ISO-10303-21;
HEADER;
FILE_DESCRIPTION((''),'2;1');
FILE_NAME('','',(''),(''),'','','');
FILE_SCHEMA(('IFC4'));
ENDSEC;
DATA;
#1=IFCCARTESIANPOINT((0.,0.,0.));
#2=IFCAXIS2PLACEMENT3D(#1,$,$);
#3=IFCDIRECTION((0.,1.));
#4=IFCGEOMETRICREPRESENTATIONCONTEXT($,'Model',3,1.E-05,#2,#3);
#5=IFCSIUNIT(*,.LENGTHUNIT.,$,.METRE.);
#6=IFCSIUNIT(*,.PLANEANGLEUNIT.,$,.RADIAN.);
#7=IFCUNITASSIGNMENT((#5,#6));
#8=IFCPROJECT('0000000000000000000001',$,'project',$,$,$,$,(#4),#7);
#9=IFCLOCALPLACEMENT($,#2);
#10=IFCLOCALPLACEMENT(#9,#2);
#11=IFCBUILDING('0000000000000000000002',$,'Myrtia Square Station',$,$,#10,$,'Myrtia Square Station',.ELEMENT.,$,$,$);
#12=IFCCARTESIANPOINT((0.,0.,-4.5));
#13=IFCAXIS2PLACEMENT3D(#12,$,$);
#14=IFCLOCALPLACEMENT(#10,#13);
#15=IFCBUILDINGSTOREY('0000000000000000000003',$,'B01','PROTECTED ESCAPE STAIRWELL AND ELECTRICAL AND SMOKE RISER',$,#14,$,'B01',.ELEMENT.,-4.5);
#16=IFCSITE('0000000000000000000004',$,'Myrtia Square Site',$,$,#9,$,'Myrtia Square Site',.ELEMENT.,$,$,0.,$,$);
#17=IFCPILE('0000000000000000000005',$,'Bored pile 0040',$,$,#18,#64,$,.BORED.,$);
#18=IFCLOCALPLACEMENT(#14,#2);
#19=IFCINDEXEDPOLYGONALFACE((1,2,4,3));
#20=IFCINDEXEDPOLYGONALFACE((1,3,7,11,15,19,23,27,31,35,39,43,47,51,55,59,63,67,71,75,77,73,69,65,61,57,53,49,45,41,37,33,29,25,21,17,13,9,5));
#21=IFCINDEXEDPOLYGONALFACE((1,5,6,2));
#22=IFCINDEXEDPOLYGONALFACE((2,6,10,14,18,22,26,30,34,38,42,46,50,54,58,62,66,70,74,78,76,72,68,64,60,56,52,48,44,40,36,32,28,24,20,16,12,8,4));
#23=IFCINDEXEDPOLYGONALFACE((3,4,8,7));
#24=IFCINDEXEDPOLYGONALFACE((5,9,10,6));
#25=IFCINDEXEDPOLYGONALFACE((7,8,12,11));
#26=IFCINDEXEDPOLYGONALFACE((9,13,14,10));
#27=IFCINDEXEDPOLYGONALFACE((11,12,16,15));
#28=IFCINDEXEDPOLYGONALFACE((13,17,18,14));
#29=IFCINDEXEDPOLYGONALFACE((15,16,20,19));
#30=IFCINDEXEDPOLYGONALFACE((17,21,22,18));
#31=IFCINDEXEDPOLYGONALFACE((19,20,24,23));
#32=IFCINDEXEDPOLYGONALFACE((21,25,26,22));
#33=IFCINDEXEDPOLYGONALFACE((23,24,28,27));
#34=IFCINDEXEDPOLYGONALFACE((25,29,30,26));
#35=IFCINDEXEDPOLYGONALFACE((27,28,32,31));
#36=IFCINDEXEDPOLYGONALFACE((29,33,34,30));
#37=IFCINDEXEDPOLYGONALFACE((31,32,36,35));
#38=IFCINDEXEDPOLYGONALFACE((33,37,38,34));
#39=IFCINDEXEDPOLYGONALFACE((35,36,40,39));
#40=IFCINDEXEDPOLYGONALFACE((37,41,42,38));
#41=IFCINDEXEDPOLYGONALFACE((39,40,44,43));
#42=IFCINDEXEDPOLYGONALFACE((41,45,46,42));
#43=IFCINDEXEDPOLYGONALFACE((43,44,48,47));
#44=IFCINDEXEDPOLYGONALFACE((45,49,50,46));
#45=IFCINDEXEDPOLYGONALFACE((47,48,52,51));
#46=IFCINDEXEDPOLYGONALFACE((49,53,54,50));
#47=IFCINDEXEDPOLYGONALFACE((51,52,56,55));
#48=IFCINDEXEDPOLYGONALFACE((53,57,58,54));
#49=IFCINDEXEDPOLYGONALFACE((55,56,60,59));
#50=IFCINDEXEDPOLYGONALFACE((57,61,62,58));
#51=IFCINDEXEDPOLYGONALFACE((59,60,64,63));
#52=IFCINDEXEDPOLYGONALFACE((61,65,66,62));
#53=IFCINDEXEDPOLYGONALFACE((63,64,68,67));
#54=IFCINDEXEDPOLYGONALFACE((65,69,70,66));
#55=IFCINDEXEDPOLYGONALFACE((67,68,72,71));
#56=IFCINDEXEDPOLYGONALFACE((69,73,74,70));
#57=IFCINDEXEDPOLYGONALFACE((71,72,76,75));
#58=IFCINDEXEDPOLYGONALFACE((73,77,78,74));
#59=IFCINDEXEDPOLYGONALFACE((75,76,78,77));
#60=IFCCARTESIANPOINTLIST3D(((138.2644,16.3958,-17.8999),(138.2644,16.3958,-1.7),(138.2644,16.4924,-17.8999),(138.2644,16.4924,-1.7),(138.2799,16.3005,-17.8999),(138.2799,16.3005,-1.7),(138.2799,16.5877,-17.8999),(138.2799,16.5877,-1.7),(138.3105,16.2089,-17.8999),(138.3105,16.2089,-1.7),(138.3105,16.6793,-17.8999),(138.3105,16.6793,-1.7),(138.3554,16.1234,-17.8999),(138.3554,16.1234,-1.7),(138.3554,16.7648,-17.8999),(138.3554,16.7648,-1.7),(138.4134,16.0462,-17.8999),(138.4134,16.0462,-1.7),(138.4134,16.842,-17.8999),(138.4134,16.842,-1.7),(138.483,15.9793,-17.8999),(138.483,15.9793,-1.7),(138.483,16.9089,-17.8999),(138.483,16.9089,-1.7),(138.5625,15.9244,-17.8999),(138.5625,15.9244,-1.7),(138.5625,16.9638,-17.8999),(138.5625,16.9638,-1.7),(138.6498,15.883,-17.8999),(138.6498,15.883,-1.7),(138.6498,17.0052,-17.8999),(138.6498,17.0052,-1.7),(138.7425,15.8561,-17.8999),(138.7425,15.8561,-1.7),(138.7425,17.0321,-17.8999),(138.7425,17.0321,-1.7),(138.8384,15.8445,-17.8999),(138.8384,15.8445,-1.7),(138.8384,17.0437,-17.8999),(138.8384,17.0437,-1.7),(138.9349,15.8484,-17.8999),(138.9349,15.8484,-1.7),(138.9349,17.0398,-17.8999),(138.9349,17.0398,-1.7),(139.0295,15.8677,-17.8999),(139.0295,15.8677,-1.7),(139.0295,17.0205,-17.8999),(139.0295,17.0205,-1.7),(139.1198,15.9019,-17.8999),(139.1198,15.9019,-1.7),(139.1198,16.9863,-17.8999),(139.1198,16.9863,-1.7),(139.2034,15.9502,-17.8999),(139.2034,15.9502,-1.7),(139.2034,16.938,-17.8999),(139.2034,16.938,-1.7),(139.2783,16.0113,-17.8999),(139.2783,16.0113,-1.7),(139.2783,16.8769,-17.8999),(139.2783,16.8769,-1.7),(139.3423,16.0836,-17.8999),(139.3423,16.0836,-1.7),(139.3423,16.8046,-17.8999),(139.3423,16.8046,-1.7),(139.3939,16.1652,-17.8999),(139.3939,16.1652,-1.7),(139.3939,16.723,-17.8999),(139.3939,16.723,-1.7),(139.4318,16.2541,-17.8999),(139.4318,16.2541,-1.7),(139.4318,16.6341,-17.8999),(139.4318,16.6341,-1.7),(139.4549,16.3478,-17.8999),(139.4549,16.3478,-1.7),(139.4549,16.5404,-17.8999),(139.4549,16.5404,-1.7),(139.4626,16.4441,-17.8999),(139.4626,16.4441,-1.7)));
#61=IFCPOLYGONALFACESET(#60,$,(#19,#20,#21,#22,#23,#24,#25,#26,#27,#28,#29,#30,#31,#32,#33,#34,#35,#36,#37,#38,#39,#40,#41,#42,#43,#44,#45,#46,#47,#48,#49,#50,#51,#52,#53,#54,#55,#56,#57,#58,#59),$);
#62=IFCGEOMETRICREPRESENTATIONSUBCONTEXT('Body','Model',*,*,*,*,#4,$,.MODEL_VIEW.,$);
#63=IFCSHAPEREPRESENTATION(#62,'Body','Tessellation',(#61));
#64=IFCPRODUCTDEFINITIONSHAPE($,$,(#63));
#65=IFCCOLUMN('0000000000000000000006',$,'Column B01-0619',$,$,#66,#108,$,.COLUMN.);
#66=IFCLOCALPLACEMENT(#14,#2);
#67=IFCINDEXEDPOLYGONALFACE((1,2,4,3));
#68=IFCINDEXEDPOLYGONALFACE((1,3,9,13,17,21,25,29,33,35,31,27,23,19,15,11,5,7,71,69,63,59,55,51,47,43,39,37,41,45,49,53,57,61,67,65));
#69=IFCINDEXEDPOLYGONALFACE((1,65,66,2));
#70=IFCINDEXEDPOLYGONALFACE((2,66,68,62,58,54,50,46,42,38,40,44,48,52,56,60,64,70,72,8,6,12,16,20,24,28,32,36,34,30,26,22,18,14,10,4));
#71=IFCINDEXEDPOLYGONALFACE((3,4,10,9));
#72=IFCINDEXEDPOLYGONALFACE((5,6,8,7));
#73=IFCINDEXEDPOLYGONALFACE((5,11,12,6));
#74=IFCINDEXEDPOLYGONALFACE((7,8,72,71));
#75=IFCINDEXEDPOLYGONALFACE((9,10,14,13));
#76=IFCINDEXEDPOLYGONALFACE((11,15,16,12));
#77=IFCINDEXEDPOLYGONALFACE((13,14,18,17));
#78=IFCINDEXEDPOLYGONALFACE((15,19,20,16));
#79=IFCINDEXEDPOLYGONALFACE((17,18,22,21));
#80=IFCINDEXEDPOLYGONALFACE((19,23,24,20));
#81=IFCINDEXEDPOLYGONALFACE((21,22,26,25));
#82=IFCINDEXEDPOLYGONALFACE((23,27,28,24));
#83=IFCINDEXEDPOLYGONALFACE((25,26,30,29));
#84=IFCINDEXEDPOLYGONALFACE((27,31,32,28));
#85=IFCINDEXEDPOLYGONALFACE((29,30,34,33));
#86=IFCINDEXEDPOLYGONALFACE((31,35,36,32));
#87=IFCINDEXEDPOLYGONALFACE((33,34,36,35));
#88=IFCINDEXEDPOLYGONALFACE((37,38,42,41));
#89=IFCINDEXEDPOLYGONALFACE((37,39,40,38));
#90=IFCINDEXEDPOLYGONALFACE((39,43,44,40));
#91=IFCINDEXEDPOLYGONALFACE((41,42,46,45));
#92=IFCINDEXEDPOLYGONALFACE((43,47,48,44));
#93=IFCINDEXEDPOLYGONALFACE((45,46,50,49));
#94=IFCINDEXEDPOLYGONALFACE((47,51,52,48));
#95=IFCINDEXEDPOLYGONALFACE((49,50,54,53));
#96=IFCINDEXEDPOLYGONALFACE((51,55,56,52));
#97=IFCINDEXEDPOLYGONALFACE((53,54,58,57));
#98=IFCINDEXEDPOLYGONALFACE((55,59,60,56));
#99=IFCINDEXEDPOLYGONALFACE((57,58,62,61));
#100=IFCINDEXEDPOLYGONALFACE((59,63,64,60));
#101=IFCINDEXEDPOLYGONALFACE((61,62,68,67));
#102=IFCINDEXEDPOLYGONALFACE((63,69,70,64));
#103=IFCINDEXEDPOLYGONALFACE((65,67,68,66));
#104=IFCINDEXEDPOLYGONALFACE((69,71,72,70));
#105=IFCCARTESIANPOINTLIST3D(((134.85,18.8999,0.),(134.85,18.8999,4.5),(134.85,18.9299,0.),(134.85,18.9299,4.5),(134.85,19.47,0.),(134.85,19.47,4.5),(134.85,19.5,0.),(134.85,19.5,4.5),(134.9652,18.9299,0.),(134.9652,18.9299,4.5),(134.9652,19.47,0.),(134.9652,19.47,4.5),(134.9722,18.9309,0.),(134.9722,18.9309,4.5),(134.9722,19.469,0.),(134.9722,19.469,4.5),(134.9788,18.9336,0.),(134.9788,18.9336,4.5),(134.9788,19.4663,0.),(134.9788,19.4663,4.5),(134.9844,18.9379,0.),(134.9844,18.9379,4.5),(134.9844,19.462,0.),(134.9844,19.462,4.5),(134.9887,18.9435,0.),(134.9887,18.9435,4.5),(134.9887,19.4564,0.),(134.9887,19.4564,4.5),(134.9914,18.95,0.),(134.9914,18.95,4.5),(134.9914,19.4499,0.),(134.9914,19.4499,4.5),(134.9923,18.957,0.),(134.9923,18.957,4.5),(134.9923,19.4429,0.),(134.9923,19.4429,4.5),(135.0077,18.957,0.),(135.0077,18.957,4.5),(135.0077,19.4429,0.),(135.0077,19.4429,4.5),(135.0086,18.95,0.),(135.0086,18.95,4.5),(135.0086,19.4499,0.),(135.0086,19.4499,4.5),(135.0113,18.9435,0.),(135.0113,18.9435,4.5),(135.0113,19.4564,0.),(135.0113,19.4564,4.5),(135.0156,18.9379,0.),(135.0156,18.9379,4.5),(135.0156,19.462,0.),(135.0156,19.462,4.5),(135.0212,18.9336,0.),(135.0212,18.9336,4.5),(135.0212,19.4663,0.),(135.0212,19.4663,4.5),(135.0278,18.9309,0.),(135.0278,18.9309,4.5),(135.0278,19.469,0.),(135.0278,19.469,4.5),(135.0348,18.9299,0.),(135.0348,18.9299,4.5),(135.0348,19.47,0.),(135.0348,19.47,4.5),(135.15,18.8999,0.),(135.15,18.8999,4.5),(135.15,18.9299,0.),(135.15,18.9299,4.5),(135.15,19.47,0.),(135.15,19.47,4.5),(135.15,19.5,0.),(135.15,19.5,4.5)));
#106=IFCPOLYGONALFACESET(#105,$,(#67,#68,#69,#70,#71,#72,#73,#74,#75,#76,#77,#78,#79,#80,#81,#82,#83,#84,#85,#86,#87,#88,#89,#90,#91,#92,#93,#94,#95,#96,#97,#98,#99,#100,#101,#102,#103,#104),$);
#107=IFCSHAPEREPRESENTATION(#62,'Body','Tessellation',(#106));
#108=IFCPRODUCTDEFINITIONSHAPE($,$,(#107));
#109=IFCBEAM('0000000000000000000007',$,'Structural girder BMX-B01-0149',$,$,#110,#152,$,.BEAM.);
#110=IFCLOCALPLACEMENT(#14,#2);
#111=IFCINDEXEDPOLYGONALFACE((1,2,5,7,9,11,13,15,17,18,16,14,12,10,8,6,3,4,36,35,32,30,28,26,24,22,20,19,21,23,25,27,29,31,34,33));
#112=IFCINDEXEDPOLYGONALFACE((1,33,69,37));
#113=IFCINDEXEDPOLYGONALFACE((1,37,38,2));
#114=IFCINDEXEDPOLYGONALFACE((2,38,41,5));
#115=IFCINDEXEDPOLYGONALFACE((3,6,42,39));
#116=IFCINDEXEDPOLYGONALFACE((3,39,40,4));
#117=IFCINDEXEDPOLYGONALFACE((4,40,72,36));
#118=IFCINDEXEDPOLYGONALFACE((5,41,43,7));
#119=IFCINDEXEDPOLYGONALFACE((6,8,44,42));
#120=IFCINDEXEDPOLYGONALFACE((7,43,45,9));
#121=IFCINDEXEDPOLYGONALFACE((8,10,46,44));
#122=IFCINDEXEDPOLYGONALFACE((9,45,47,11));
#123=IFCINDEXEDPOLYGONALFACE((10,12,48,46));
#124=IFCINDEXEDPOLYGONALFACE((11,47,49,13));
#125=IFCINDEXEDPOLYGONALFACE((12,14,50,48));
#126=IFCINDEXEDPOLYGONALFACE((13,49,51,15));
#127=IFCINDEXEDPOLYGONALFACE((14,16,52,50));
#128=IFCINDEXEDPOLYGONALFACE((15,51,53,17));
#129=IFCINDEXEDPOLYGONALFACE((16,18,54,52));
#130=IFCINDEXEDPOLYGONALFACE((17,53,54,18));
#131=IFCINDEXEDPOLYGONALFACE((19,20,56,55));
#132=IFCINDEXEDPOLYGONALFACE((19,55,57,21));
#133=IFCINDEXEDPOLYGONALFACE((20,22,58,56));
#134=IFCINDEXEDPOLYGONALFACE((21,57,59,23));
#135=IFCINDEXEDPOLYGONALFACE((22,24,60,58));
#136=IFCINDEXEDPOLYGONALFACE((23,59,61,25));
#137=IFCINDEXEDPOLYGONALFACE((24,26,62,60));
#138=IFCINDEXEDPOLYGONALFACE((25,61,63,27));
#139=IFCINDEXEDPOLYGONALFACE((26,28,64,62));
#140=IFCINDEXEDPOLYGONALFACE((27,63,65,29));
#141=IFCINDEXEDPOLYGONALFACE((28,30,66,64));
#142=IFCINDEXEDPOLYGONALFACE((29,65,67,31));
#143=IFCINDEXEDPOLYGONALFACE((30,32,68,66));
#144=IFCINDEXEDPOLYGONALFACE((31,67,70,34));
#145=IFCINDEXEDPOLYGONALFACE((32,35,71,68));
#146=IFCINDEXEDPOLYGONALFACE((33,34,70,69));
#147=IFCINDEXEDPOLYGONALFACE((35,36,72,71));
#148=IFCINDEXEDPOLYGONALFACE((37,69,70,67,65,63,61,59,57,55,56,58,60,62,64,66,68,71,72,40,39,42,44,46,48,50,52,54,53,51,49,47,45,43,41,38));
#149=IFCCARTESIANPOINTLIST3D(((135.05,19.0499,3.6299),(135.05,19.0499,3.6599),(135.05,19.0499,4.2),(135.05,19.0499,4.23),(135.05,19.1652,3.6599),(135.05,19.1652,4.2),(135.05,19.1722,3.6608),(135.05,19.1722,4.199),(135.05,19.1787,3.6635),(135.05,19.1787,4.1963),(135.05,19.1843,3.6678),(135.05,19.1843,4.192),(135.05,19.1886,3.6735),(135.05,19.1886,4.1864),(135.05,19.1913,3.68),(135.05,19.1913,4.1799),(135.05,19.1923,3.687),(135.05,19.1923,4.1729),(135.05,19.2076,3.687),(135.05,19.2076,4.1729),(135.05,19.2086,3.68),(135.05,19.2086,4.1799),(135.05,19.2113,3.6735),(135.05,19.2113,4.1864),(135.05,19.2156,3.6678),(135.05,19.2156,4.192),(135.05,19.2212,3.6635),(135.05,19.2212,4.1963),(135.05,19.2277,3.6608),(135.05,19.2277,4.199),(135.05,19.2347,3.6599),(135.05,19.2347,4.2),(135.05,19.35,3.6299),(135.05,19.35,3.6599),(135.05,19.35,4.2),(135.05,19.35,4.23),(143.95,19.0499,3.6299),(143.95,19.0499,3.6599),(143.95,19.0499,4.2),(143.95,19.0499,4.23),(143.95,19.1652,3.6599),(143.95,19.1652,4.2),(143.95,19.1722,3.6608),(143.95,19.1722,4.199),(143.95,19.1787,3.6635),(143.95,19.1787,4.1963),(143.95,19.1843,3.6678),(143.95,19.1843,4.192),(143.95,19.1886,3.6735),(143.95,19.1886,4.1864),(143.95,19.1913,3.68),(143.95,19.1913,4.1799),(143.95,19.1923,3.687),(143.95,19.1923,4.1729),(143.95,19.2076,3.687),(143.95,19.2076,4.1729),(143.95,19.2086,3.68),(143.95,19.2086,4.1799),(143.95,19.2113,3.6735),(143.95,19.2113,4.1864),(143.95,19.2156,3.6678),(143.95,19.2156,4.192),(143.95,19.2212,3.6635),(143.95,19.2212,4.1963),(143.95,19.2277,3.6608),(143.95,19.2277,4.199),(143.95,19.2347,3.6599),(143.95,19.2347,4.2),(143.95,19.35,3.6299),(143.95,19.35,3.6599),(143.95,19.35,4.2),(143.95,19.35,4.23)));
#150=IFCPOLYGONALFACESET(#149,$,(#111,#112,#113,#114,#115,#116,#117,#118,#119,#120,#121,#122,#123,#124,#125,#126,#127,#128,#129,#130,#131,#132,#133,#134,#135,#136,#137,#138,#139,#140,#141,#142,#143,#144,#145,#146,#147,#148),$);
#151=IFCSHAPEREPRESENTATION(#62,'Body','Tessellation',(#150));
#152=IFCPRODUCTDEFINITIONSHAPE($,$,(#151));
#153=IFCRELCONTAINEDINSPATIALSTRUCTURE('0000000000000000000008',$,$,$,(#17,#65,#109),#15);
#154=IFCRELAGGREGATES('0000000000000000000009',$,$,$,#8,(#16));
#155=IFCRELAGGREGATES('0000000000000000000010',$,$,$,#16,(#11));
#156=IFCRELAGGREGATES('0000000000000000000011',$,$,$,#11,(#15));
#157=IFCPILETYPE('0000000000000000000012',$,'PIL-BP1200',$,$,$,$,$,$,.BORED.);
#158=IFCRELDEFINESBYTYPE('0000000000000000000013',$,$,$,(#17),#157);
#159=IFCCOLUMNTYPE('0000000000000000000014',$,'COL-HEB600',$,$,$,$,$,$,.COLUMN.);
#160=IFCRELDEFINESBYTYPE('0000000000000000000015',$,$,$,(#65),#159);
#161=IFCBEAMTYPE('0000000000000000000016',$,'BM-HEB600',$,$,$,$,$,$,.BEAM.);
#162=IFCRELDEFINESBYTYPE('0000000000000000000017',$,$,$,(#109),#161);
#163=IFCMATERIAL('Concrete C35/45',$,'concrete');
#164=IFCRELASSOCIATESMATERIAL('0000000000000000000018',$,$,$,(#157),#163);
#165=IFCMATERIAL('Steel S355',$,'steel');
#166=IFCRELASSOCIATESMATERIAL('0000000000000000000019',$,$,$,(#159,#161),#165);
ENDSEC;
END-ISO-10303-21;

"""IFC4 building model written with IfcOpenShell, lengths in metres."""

from ifc_helpers import new_model, si_unit, direction, frame, origin, origin_2d, place, context, subcontext, project, spatial, circle, i_section, extrude, material, material_profile, profile_set, type_object, element, save


model = new_model("IFC4")

# Units and contexts
model_context = context("Model", 3, precision=1e-05, world=origin(), true_north=direction((0.0, 1.0)))
body_context = subcontext(model_context, "Body", "Model", "MODEL_VIEW")
ifc_project = project(units=[si_unit("LENGTHUNIT", "METRE"), si_unit("PLANEANGLEUNIT", "RADIAN")], contexts=[model_context])

# Site, building, storey
site_placement = place(None, origin())
site = spatial("IfcSite", under=ifc_project, at=site_placement, Name="Myrtia Square Site", LongName="Myrtia Square Site", CompositionType="ELEMENT", RefElevation=0.0)
building_placement = place(site_placement, origin())
building = spatial("IfcBuilding", under=site, at=building_placement, Name="Myrtia Square Station", LongName="Myrtia Square Station", CompositionType="ELEMENT")
storey_placement = place(building_placement, frame((0.0, 0.0, -4.5)))
storey = spatial("IfcBuildingStorey", under=building, at=storey_placement, Name="B01", Description="PROTECTED ESCAPE STAIRWELL AND ELECTRICAL AND SMOKE RISER", LongName="B01", CompositionType="ELEMENT", Elevation=-4.5)

# Shared definitions
ifc_material_1 = material(Name="Concrete C35/45", Category="concrete")

# Pile
ifc_material_profile_1 = material_profile(ifc_material_1, circle(Radius=0.6001, at=origin_2d()), Name="BP D1200")
ifc_profile_set_1 = profile_set([ifc_material_profile_1], Name="Concrete C35/45")
pile_type = type_object("IfcPileType", Name="PIL-BP1200", PredefinedType="BORED", material=ifc_profile_set_1)
for number, where, z_axis, x_axis, name in (
    (1, (138.8625, 16.4441, -1.7), (0.0, 0.0, -1.0), (1.0, 0.0, 0.0), "Bored pile 0040"),
):
    element("IfcPile", number, at=place(storey_placement, frame(where, z_axis=z_axis, x_axis=x_axis)), inside=storey, type_object=pile_type, Name=name, PredefinedType="BORED", context=body_context, shape_type="SweptSolid", body=[
        extrude(circle(Radius=0.6001, at=origin_2d()), origin(), (0.0, 0.0, 1.0), 16.2),
    ])

# Column
ifc_material_2 = material(Name="Steel S355", Category="steel")
ifc_material_profile_2 = material_profile(ifc_material_2, i_section(OverallWidth=0.3, OverallDepth=0.6001, WebThickness=0.0154, FlangeThickness=0.03, FilletRadius=0.0271, at=origin_2d()), Name="HEB 600")
ifc_profile_set_2 = profile_set([ifc_material_profile_2], Name="Steel S355")
column_type = type_object("IfcColumnType", Name="COL-HEB600", PredefinedType="COLUMN", material=ifc_profile_set_2)
column_placement = place(storey_placement, frame((135.0, 19.2, 0.0), z_axis=(0.0, 0.0, 1.0), x_axis=(1.0, 0.0, 0.0)))
element("IfcColumn", 2, at=column_placement, inside=storey, type_object=column_type, Name="Column B01-0619", PredefinedType="COLUMN", context=body_context, shape_type="SweptSolid", body=[
    extrude(i_section(OverallWidth=0.3, OverallDepth=0.6001, WebThickness=0.0154, FlangeThickness=0.03, FilletRadius=0.0271, at=origin_2d()), origin(), (0.0, 0.0, 1.0), 4.5),
])

# Beam
ifc_material_profile_3 = material_profile(ifc_material_2, i_section(OverallWidth=0.3, OverallDepth=0.6001, WebThickness=0.0154, FlangeThickness=0.03, FilletRadius=0.0271, at=origin_2d()), Name="HEB 600")
ifc_profile_set_3 = profile_set([ifc_material_profile_3], Name="Steel S355")
beam_type_1 = type_object("IfcBeamType", Name="BM-HEB600", PredefinedType="BEAM", material=ifc_profile_set_3)
beam_1_placement = place(storey_placement, frame((135.05, 19.2, 3.9299), z_axis=(1.0, 0.0, 0.0), x_axis=(0.0, 1.0, 0.0)))
element("IfcBeam", 3, at=beam_1_placement, inside=storey, type_object=beam_type_1, Name="Structural girder BMX-B01-0149", PredefinedType="BEAM", context=body_context, shape_type="SweptSolid", body=[
    extrude(i_section(OverallWidth=0.3, OverallDepth=0.6001, WebThickness=0.0154, FlangeThickness=0.03, FilletRadius=0.0271, at=origin_2d()), origin(), (0.0, 0.0, 1.0), 8.8999),
])

save(model, "model.ifc")
